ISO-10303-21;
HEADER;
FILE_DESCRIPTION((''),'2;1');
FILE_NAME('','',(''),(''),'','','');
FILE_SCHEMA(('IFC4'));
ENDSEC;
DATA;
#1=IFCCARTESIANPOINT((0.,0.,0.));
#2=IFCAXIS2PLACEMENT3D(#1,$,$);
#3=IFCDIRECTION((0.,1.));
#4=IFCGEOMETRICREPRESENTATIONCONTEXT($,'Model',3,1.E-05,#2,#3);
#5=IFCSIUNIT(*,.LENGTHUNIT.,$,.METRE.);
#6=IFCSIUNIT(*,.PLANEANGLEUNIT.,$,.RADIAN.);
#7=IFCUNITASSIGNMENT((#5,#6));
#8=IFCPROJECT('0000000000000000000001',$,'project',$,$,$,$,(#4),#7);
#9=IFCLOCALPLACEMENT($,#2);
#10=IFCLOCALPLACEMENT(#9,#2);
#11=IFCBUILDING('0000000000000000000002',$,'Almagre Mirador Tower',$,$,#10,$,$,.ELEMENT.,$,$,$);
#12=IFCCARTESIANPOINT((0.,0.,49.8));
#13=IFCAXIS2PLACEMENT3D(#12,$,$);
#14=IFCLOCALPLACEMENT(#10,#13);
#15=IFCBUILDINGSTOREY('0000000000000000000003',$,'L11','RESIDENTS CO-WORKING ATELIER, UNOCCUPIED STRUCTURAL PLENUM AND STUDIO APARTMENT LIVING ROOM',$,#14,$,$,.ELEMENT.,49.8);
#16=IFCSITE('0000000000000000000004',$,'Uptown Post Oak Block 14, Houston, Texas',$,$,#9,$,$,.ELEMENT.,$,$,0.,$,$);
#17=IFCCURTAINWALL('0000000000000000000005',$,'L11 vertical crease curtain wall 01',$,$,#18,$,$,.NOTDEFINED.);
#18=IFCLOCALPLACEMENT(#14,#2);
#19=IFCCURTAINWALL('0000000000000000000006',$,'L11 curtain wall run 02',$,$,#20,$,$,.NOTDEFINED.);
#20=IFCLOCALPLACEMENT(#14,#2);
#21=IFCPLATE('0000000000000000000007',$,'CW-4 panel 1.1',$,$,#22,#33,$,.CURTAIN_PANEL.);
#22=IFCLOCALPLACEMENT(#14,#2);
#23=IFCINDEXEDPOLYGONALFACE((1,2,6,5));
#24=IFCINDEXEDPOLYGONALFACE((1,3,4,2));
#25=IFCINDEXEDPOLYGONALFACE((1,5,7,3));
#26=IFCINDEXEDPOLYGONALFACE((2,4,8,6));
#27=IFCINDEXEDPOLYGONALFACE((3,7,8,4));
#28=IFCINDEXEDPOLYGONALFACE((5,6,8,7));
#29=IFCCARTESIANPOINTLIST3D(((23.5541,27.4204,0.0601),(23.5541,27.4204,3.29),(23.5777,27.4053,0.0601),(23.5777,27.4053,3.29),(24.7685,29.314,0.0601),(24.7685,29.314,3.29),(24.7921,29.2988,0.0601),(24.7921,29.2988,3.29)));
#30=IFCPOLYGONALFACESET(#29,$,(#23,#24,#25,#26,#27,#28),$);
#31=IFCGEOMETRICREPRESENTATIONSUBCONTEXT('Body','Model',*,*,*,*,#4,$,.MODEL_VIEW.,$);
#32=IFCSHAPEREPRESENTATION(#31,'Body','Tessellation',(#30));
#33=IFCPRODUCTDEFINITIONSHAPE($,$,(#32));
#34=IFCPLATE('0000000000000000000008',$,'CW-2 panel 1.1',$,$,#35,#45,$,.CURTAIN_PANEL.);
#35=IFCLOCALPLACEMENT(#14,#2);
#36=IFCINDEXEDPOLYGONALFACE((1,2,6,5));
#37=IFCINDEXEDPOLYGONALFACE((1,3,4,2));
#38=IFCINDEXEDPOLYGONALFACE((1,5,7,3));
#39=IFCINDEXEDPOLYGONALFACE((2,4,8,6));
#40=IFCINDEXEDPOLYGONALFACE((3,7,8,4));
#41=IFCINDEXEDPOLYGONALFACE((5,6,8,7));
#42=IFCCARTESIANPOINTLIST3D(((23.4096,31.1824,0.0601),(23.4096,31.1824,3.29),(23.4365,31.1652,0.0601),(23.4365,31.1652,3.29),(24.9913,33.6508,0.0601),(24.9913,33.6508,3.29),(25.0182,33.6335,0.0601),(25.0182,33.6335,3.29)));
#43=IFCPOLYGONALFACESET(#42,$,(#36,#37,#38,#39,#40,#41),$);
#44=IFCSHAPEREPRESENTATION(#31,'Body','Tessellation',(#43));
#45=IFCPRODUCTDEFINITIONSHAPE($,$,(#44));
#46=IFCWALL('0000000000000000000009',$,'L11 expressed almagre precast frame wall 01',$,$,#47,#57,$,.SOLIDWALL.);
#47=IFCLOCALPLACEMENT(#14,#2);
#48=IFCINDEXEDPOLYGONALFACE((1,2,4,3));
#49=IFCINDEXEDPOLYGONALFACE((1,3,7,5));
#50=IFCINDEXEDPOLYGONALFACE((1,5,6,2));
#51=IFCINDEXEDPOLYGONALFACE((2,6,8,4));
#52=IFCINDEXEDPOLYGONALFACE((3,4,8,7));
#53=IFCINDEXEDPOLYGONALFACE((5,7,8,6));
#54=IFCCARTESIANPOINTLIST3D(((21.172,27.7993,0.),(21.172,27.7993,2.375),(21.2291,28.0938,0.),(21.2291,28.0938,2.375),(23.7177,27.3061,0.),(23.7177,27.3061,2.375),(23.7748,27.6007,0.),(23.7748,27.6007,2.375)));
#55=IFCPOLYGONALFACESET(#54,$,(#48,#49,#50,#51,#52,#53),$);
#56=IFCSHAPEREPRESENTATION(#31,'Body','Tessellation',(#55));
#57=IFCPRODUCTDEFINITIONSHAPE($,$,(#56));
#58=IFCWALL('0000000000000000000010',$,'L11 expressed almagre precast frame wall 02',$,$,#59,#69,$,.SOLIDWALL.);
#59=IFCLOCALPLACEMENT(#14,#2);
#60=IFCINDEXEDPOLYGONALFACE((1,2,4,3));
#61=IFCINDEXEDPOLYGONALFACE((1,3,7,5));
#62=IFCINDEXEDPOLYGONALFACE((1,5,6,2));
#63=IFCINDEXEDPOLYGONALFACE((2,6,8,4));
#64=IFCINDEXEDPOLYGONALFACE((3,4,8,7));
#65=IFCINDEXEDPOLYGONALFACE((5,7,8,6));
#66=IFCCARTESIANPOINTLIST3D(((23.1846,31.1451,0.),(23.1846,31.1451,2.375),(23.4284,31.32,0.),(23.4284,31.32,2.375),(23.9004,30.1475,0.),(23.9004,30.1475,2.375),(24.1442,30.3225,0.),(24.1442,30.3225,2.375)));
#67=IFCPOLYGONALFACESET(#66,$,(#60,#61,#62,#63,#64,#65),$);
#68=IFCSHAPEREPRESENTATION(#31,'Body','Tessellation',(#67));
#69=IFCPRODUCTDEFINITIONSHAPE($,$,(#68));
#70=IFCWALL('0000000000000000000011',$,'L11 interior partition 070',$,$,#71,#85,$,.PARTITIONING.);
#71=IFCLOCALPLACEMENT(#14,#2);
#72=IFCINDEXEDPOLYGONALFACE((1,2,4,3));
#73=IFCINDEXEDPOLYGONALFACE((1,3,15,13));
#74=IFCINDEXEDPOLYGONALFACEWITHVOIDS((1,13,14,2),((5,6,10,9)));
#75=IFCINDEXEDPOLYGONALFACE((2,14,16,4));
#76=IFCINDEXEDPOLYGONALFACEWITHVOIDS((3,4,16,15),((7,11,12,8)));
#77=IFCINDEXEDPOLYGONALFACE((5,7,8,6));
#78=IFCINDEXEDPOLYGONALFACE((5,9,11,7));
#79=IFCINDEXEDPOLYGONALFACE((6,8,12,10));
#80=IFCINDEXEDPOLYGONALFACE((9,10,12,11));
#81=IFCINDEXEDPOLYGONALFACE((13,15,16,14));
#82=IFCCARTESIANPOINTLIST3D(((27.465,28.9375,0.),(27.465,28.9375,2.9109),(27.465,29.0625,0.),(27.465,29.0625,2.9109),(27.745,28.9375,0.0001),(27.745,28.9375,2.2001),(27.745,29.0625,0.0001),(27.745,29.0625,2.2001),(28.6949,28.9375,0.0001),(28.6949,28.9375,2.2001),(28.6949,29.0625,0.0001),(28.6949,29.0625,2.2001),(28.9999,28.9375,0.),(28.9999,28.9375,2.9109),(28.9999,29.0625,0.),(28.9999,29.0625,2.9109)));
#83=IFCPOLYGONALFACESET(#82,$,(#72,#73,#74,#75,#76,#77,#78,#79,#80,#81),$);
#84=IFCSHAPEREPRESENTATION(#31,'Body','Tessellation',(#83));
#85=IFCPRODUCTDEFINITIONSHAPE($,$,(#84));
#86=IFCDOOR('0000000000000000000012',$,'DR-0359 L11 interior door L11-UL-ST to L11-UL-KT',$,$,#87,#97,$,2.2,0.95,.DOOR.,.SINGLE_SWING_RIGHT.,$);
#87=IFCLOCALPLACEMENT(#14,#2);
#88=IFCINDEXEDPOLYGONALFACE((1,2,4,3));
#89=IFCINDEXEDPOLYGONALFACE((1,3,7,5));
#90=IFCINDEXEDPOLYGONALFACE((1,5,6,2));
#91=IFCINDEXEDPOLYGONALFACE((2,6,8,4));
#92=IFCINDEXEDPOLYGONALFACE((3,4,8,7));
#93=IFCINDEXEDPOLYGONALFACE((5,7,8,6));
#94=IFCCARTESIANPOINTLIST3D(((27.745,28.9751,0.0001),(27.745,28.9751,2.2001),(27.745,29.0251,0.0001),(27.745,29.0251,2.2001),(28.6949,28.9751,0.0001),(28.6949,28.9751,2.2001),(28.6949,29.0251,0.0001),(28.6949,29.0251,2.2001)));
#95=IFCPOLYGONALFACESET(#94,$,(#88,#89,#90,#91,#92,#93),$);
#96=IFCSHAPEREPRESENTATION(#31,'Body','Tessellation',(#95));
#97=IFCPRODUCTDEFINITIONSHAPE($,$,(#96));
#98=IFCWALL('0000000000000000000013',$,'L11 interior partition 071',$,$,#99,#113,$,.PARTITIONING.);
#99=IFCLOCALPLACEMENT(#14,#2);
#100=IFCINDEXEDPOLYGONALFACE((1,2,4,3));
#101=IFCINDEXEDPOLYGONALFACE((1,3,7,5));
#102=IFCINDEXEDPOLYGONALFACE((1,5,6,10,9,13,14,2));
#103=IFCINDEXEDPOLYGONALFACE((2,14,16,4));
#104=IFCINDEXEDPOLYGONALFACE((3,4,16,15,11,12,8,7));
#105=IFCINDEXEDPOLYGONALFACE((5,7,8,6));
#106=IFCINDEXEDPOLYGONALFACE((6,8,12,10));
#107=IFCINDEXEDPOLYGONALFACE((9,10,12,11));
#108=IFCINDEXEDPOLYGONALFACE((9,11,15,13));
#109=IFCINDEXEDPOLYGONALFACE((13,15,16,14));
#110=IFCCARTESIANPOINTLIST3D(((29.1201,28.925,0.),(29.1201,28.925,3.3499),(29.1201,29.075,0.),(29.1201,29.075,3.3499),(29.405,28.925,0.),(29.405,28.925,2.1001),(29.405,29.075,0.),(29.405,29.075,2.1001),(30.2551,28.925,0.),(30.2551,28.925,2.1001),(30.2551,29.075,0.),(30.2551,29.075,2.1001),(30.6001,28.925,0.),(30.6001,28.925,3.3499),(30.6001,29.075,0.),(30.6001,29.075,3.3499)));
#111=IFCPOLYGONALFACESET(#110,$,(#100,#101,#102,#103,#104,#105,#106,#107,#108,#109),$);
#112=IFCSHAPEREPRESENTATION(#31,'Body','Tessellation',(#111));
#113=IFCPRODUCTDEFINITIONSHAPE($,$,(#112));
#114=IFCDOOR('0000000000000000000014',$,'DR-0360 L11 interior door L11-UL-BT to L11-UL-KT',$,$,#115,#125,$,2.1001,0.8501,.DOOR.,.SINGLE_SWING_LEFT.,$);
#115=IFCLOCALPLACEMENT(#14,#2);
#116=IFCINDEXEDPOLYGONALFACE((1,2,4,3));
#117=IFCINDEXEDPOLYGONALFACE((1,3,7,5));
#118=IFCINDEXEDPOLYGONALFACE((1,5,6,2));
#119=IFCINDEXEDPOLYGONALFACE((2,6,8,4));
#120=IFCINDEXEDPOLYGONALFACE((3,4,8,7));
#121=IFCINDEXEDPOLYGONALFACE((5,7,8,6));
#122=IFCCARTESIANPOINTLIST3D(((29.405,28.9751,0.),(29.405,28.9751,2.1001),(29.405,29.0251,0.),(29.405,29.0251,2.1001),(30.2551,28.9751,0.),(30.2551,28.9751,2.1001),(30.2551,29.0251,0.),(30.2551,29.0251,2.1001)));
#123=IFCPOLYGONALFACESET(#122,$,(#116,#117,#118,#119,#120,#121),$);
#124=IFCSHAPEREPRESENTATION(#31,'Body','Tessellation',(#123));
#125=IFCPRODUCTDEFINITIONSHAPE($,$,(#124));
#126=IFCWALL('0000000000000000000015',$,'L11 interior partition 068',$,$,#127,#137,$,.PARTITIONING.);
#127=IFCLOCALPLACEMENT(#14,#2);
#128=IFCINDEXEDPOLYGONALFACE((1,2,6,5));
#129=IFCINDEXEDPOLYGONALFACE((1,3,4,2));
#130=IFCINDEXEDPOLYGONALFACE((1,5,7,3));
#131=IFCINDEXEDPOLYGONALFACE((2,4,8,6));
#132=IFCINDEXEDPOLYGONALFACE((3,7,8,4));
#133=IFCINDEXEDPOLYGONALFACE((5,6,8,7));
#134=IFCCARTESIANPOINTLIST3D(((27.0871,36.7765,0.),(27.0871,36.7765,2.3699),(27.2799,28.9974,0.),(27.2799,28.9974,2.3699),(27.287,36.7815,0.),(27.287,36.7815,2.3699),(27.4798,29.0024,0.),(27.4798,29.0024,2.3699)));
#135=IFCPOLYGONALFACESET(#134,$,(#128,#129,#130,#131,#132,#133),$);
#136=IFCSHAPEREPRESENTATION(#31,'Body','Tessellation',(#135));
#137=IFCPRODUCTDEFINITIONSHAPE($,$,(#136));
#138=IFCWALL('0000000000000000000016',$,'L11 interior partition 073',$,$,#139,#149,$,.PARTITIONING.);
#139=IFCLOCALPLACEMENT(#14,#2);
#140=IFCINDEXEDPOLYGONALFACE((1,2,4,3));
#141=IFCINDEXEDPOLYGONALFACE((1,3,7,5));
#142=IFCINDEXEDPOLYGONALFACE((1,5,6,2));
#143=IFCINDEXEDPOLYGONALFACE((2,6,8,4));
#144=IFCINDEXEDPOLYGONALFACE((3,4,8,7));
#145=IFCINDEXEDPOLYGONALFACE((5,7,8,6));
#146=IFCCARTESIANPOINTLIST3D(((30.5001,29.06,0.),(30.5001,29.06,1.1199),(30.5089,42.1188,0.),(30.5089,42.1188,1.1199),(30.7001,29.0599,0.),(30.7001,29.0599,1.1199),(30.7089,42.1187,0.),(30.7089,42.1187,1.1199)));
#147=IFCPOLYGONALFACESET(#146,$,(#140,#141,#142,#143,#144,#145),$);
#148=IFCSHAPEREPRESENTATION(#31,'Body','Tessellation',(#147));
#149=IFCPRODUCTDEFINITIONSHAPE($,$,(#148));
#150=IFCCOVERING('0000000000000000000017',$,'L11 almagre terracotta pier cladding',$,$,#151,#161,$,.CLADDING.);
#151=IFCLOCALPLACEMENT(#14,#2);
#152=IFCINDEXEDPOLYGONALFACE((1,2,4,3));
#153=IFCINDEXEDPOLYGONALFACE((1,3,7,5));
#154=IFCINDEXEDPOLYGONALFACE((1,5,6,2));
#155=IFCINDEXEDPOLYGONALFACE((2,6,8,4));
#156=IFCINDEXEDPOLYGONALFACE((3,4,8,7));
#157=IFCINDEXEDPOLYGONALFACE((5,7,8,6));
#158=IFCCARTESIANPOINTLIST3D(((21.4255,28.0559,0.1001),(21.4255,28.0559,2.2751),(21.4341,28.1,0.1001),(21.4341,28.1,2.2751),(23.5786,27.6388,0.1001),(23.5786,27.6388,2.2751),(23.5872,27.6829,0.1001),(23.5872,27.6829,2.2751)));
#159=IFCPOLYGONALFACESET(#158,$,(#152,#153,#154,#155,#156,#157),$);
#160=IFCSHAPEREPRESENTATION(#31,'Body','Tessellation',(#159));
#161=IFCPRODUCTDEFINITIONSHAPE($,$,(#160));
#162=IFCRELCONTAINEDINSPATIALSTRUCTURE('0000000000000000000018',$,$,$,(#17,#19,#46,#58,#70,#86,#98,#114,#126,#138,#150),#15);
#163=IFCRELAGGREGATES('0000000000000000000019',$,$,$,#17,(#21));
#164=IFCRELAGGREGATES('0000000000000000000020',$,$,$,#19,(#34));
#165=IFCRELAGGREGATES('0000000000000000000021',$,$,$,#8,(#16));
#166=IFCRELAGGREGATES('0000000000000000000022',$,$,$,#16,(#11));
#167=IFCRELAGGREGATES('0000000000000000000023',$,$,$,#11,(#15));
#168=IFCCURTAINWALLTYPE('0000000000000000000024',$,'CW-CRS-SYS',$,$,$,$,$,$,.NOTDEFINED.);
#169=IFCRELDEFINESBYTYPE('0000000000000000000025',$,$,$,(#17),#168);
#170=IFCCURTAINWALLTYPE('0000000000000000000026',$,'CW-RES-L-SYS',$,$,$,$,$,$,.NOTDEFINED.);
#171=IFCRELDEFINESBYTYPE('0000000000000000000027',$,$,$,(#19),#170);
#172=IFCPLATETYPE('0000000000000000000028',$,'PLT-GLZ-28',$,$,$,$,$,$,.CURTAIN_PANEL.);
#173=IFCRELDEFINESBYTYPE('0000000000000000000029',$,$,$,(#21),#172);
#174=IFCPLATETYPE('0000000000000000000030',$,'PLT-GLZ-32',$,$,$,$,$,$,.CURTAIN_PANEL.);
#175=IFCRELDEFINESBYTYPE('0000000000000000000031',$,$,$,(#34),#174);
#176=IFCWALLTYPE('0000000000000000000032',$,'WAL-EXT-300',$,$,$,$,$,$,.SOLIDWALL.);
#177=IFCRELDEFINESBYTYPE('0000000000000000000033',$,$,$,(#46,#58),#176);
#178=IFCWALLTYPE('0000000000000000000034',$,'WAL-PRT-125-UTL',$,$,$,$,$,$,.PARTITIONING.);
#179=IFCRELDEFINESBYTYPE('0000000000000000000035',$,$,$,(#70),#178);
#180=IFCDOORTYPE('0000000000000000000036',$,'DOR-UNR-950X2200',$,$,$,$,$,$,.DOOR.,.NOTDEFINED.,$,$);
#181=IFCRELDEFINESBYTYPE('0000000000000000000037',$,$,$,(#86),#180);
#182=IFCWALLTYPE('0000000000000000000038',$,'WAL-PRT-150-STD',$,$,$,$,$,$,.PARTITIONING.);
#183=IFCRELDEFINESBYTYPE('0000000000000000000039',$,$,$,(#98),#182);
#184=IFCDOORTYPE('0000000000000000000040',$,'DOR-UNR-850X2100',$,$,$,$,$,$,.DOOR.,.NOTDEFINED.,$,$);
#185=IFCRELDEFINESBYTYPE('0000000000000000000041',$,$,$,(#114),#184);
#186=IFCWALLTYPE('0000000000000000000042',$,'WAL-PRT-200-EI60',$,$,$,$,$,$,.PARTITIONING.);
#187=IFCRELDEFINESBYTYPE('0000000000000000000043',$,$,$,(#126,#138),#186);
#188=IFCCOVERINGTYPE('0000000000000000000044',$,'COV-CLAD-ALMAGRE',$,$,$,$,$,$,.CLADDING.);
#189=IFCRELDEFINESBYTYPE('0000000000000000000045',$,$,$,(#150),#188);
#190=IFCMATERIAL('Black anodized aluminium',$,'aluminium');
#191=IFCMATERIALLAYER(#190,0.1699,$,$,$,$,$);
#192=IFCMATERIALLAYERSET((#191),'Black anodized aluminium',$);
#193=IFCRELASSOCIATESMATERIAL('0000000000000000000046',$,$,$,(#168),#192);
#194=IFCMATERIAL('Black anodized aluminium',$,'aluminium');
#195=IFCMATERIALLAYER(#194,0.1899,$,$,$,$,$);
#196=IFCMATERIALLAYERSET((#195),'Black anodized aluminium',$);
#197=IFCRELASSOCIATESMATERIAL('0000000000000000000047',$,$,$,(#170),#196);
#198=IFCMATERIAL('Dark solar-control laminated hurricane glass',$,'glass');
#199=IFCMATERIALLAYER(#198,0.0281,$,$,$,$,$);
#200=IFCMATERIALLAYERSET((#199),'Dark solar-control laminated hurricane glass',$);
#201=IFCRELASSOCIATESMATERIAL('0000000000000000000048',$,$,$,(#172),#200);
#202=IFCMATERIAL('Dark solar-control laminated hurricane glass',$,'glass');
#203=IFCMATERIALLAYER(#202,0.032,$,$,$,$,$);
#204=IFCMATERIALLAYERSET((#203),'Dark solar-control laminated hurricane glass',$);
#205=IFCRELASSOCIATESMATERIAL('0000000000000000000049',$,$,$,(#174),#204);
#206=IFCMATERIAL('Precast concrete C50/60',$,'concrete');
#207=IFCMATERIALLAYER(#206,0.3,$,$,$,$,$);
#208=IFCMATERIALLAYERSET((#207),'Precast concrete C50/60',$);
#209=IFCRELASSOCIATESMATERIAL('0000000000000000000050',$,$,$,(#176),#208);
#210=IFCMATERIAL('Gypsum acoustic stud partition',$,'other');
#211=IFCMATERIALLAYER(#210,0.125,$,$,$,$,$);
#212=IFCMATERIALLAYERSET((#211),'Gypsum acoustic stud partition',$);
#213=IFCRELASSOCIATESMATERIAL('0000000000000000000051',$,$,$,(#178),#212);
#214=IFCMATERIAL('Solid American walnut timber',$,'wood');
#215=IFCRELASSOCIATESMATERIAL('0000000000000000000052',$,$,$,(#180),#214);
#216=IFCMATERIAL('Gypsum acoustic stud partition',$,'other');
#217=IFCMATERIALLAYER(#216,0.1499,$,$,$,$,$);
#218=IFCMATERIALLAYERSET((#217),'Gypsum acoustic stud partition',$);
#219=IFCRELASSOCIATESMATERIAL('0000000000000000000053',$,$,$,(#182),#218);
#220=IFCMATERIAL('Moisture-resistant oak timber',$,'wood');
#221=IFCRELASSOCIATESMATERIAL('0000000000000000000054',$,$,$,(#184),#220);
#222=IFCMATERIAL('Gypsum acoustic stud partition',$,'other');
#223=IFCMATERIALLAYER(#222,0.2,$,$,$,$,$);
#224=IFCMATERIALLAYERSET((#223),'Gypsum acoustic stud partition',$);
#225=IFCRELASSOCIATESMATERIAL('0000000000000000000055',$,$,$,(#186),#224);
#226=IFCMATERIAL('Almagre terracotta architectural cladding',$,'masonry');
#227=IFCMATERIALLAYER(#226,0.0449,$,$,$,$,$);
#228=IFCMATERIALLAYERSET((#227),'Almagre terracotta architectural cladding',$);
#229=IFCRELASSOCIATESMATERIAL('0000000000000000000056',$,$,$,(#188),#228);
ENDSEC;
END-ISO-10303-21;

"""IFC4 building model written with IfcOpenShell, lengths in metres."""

from ifc_helpers import new_model, si_unit, direction, frame, frame_2d, origin, origin_2d, place, context, subcontext, project, spatial, rectangle, extrude, material, layer, layer_set, type_object, element, fill, aggregate, save


model = new_model("IFC4")

# Units and contexts
model_context = context("Model", 3, precision=1e-05, world=origin(), true_north=direction((0.0, 1.0)))
body_context = subcontext(model_context, "Body", "Model", "MODEL_VIEW")
ifc_project = project(units=[si_unit("LENGTHUNIT", "METRE"), si_unit("PLANEANGLEUNIT", "RADIAN")], contexts=[model_context])

# Site, building, storey
site_placement = place(None, origin())
site = spatial("IfcSite", under=ifc_project, at=site_placement, Name="Uptown Post Oak Block 14, Houston, Texas", CompositionType="ELEMENT", RefElevation=0.0)
building_placement = place(site_placement, origin())
building = spatial("IfcBuilding", under=site, at=building_placement, Name="Almagre Mirador Tower", CompositionType="ELEMENT")
storey_placement = place(building_placement, frame((0.0, 0.0, 49.8)))
storey = spatial("IfcBuildingStorey", under=building, at=storey_placement, Name="L11", Description="RESIDENTS CO-WORKING ATELIER, UNOCCUPIED STRUCTURAL PLENUM AND STUDIO APARTMENT LIVING ROOM", CompositionType="ELEMENT", Elevation=49.8)

# Curtain wall
ifc_material_1 = material(Name="Black anodized aluminium", Category="aluminium")
ifc_layer_1 = layer(ifc_material_1, 0.1699)
ifc_layer_set_1 = layer_set([ifc_layer_1], Name="Black anodized aluminium")
curtain_wall_type_1 = type_object("IfcCurtainWallType", Name="CW-CRS-SYS", PredefinedType="NOTDEFINED", material=ifc_layer_set_1)
curtain_wall_1_placement = place(storey_placement, origin())
curtain_wall_1 = element("IfcCurtainWall", 1, at=curtain_wall_1_placement, inside=storey, type_object=curtain_wall_type_1, Name="L11 vertical crease curtain wall 01", PredefinedType="NOTDEFINED")

# Curtain wall
ifc_material_2 = material(Name="Black anodized aluminium", Category="aluminium")
ifc_layer_2 = layer(ifc_material_2, 0.1899)
ifc_layer_set_2 = layer_set([ifc_layer_2], Name="Black anodized aluminium")
curtain_wall_type_2 = type_object("IfcCurtainWallType", Name="CW-RES-L-SYS", PredefinedType="NOTDEFINED", material=ifc_layer_set_2)
curtain_wall_2_placement = place(storey_placement, origin())
curtain_wall_2 = element("IfcCurtainWall", 2, at=curtain_wall_2_placement, inside=storey, type_object=curtain_wall_type_2, Name="L11 curtain wall run 02", PredefinedType="NOTDEFINED")

# Plates
ifc_material_3 = material(Name="Dark solar-control laminated hurricane glass", Category="glass")
ifc_layer_3 = layer(ifc_material_3, 0.0281)
ifc_layer_set_3 = layer_set([ifc_layer_3], Name="Dark solar-control laminated hurricane glass")
plate_type_1 = type_object("IfcPlateType", Name="PLT-GLZ-28", PredefinedType="CURTAIN_PANEL", material=ifc_layer_set_3)
plate_1_placement = place(storey_placement, frame((24.1731, 28.3596, 0.0601), z_axis=(0.0, 0.0, 1.0), x_axis=(0.539849, 0.841762, 0.0)))
plate_1 = element("IfcPlate", 3, at=plate_1_placement, type_object=plate_type_1, Name="CW-4 panel 1.1", PredefinedType="CURTAIN_PANEL", context=body_context, shape_type="SweptSolid", body=[
    extrude(rectangle(XDim=2.2495, YDim=0.0281, at=origin_2d()), origin(), (0.0, 0.0, 1.0), 3.23),
])
aggregate(curtain_wall_1, [plate_1])
ifc_material_4 = material(Name="Dark solar-control laminated hurricane glass", Category="glass")
ifc_layer_4 = layer(ifc_material_4, 0.032)
ifc_layer_set_4 = layer_set([ifc_layer_4], Name="Dark solar-control laminated hurricane glass")
plate_type_2 = type_object("IfcPlateType", Name="PLT-GLZ-32", PredefinedType="CURTAIN_PANEL", material=ifc_layer_set_4)
plate_2_placement = place(storey_placement, frame((24.2139, 32.408, 0.0601), z_axis=(0.0, 0.0, 1.0), x_axis=(0.539529, 0.841967, 0.0)))
plate_2 = element("IfcPlate", 4, at=plate_2_placement, type_object=plate_type_2, Name="CW-2 panel 1.1", PredefinedType="CURTAIN_PANEL", context=body_context, shape_type="SweptSolid", body=[
    extrude(rectangle(XDim=2.9316, YDim=0.032, at=origin_2d()), origin(), (0.0, 0.0, 1.0), 3.23),
])
aggregate(curtain_wall_2, [plate_2])

# Walls
ifc_material_5 = material(Name="Precast concrete C50/60", Category="concrete")
ifc_layer_5 = layer(ifc_material_5, 0.3)
ifc_layer_set_5 = layer_set([ifc_layer_5], Name="Precast concrete C50/60")
wall_type_1 = type_object("IfcWallType", Name="WAL-EXT-300", PredefinedType="SOLIDWALL", material=ifc_layer_set_5)
wall_1_placement = place(storey_placement, frame((21.2007, 27.9465, 0.0), z_axis=(0.0, 0.0, 1.0), x_axis=(0.981747, -0.190192, 0.0)))
element("IfcWall", 5, at=wall_1_placement, inside=storey, type_object=wall_type_1, Name="L11 expressed almagre precast frame wall 01", PredefinedType="SOLIDWALL", context=body_context, shape_type="SweptSolid", body=[
    extrude(rectangle(XDim=2.593, YDim=0.3, at=frame_2d((1.2964, 0.0))), origin(), (0.0, 0.0, 1.0), 2.375),
])
wall_2_placement = place(storey_placement, frame((24.0222, 30.2351, 0.0), z_axis=(0.0, 0.0, 1.0), x_axis=(-0.583005, 0.812469, 0.0)))
element("IfcWall", 6, at=wall_2_placement, inside=storey, type_object=wall_type_1, Name="L11 expressed almagre precast frame wall 02", PredefinedType="SOLIDWALL", context=body_context, shape_type="SweptSolid", body=[
    extrude(rectangle(XDim=1.2278, YDim=0.3, at=frame_2d((0.6138, 0.0))), origin(), (0.0, 0.0, 1.0), 2.375),
])

# Walls, openings, doors
ifc_material_6 = material(Name="Gypsum acoustic stud partition", Category="other")
ifc_layer_6 = layer(ifc_material_6, 0.125)
ifc_layer_set_6 = layer_set([ifc_layer_6], Name="Gypsum acoustic stud partition")
wall_type_2 = type_object("IfcWallType", Name="WAL-PRT-125-UTL", PredefinedType="PARTITIONING", material=ifc_layer_set_6)
wall_3_placement = place(storey_placement, frame((29.0, 29.0, 0.0), z_axis=(0.0, 0.0, 1.0), x_axis=(-1.0, 0.0, 0.0)))
wall_3 = element("IfcWall", 7, at=wall_3_placement, inside=storey, type_object=wall_type_2, Name="L11 interior partition 070", PredefinedType="PARTITIONING", context=body_context, shape_type="SweptSolid", body=[
    extrude(rectangle(XDim=1.5349, YDim=0.125, at=frame_2d((0.7676, 0.0))), origin(), (0.0, 0.0, 1.0), 2.9109),
])
opening_1_placement = place(wall_3_placement, frame((0.3049, 0.0, 0.0)))
opening_1 = element("IfcOpeningElement", 8, at=opening_1_placement, cuts=wall_3, PredefinedType="OPENING", context=body_context, shape_type="SweptSolid", body=[
    extrude(rectangle(XDim=0.95, YDim=2.2, at=frame_2d((0.4751, 1.1001))), frame((0.0, 0.0725, 0.0), z_axis=(0.0, -1.0, 0.0), x_axis=(1.0, 0.0, 0.0)), (0.0, 0.0, 1.0), 0.145),
])
ifc_material_7 = material(Name="Solid American walnut timber", Category="wood")
door_type_1 = type_object("IfcDoorType", Name="DOR-UNR-950X2200", OperationType="NOTDEFINED", PredefinedType="DOOR", material=ifc_material_7)
door_1_placement = place(opening_1_placement, origin())
door_1 = element("IfcDoor", 9, at=door_1_placement, inside=storey, type_object=door_type_1, Name="DR-0359 L11 interior door L11-UL-ST to L11-UL-KT", OperationType="SINGLE_SWING_RIGHT", OverallHeight=2.2, OverallWidth=0.95, PredefinedType="DOOR", context=body_context, shape_type="SweptSolid", body=[
    extrude(rectangle(XDim=0.95, YDim=2.2, at=frame_2d((0.4751, 1.1001))), frame((0.0, 0.0249, 0.0), z_axis=(0.0, -1.0, 0.0), x_axis=(1.0, 0.0, 0.0)), (0.0, 0.0, 1.0), 0.05),
])
fill(opening_1, door_1)
ifc_material_8 = material(Name="Gypsum acoustic stud partition", Category="other")
ifc_layer_7 = layer(ifc_material_8, 0.1499)
ifc_layer_set_7 = layer_set([ifc_layer_7], Name="Gypsum acoustic stud partition")
wall_type_3 = type_object("IfcWallType", Name="WAL-PRT-150-STD", PredefinedType="PARTITIONING", material=ifc_layer_set_7)
wall_4_placement = place(storey_placement, frame((30.6001, 29.0, 0.0), z_axis=(0.0, 0.0, 1.0), x_axis=(-1.0, 0.0, 0.0)))
wall_4 = element("IfcWall", 10, at=wall_4_placement, inside=storey, type_object=wall_type_3, Name="L11 interior partition 071", PredefinedType="PARTITIONING", context=body_context, shape_type="SweptSolid", body=[
    extrude(rectangle(XDim=1.48, YDim=0.1499, at=frame_2d((0.74, 0.0))), origin(), (0.0, 0.0, 1.0), 3.3499),
])
opening_2_placement = place(wall_4_placement, frame((0.345, 0.0, 0.0)))
opening_2 = element("IfcOpeningElement", 11, at=opening_2_placement, cuts=wall_4, PredefinedType="OPENING", context=body_context, shape_type="SweptSolid", body=[
    extrude(rectangle(XDim=0.8501, YDim=2.1001, at=frame_2d((0.425, 1.05))), frame((0.0, 0.085, 0.0), z_axis=(0.0, -1.0, 0.0), x_axis=(1.0, 0.0, 0.0)), (0.0, 0.0, 1.0), 0.1699),
])
ifc_material_9 = material(Name="Moisture-resistant oak timber", Category="wood")
door_type_2 = type_object("IfcDoorType", Name="DOR-UNR-850X2100", OperationType="NOTDEFINED", PredefinedType="DOOR", material=ifc_material_9)
door_2_placement = place(opening_2_placement, origin())
door_2 = element("IfcDoor", 12, at=door_2_placement, inside=storey, type_object=door_type_2, Name="DR-0360 L11 interior door L11-UL-BT to L11-UL-KT", OperationType="SINGLE_SWING_LEFT", OverallHeight=2.1001, OverallWidth=0.8501, PredefinedType="DOOR", context=body_context, shape_type="SweptSolid", body=[
    extrude(rectangle(XDim=0.8501, YDim=2.1001, at=frame_2d((0.425, 1.05))), frame((0.0, 0.0249, 0.0), z_axis=(0.0, -1.0, 0.0), x_axis=(1.0, 0.0, 0.0)), (0.0, 0.0, 1.0), 0.05),
])
fill(opening_2, door_2)

# Walls
ifc_material_10 = material(Name="Gypsum acoustic stud partition", Category="other")
ifc_layer_8 = layer(ifc_material_10, 0.2)
ifc_layer_set_8 = layer_set([ifc_layer_8], Name="Gypsum acoustic stud partition")
wall_type_4 = type_object("IfcWallType", Name="WAL-PRT-200-EI60", PredefinedType="PARTITIONING", material=ifc_layer_set_8)
wall_5_placement = place(storey_placement, frame((27.3799, 29.0, 0.0), z_axis=(0.0, 0.0, 1.0), x_axis=(-0.024786, 0.999693, 0.0)))
element("IfcWall", 13, at=wall_5_placement, inside=storey, type_object=wall_type_4, Name="L11 interior partition 068", PredefinedType="PARTITIONING", context=body_context, shape_type="SweptSolid", body=[
    extrude(rectangle(XDim=7.7815, YDim=0.2, at=frame_2d((3.8906, 0.0))), origin(), (0.0, 0.0, 1.0), 2.3699),
])
wall_6_placement = place(storey_placement, frame((30.6001, 29.0601, 0.0), z_axis=(0.0, 0.0, 1.0), x_axis=(0.000673, 1.0, 0.0)))
element("IfcWall", 14, at=wall_6_placement, inside=storey, type_object=wall_type_4, Name="L11 interior partition 073", PredefinedType="PARTITIONING", context=body_context, shape_type="SweptSolid", body=[
    extrude(rectangle(XDim=13.0588, YDim=0.2, at=frame_2d((6.5293, 0.0))), origin(), (0.0, 0.0, 1.0), 1.1199),
])

# Covering
ifc_material_11 = material(Name="Almagre terracotta architectural cladding", Category="masonry")
ifc_layer_9 = layer(ifc_material_11, 0.0449)
ifc_layer_set_9 = layer_set([ifc_layer_9], Name="Almagre terracotta architectural cladding")
covering_type = type_object("IfcCoveringType", Name="COV-CLAD-ALMAGRE", PredefinedType="CLADDING", material=ifc_layer_set_9)
covering_placement = place(storey_placement, frame((22.5063, 27.8694, 0.1001), z_axis=(0.0, 0.0, 1.0), x_axis=(0.981747, -0.190192, 0.0)))
element("IfcCovering", 15, at=covering_placement, inside=storey, type_object=covering_type, Name="L11 almagre terracotta pier cladding", PredefinedType="CLADDING", context=body_context, shape_type="SweptSolid", body=[
    extrude(rectangle(XDim=2.1931, YDim=0.0449, at=origin_2d()), origin(), (0.0, 0.0, 1.0), 2.175),
])

save(model, "model.ifc")
